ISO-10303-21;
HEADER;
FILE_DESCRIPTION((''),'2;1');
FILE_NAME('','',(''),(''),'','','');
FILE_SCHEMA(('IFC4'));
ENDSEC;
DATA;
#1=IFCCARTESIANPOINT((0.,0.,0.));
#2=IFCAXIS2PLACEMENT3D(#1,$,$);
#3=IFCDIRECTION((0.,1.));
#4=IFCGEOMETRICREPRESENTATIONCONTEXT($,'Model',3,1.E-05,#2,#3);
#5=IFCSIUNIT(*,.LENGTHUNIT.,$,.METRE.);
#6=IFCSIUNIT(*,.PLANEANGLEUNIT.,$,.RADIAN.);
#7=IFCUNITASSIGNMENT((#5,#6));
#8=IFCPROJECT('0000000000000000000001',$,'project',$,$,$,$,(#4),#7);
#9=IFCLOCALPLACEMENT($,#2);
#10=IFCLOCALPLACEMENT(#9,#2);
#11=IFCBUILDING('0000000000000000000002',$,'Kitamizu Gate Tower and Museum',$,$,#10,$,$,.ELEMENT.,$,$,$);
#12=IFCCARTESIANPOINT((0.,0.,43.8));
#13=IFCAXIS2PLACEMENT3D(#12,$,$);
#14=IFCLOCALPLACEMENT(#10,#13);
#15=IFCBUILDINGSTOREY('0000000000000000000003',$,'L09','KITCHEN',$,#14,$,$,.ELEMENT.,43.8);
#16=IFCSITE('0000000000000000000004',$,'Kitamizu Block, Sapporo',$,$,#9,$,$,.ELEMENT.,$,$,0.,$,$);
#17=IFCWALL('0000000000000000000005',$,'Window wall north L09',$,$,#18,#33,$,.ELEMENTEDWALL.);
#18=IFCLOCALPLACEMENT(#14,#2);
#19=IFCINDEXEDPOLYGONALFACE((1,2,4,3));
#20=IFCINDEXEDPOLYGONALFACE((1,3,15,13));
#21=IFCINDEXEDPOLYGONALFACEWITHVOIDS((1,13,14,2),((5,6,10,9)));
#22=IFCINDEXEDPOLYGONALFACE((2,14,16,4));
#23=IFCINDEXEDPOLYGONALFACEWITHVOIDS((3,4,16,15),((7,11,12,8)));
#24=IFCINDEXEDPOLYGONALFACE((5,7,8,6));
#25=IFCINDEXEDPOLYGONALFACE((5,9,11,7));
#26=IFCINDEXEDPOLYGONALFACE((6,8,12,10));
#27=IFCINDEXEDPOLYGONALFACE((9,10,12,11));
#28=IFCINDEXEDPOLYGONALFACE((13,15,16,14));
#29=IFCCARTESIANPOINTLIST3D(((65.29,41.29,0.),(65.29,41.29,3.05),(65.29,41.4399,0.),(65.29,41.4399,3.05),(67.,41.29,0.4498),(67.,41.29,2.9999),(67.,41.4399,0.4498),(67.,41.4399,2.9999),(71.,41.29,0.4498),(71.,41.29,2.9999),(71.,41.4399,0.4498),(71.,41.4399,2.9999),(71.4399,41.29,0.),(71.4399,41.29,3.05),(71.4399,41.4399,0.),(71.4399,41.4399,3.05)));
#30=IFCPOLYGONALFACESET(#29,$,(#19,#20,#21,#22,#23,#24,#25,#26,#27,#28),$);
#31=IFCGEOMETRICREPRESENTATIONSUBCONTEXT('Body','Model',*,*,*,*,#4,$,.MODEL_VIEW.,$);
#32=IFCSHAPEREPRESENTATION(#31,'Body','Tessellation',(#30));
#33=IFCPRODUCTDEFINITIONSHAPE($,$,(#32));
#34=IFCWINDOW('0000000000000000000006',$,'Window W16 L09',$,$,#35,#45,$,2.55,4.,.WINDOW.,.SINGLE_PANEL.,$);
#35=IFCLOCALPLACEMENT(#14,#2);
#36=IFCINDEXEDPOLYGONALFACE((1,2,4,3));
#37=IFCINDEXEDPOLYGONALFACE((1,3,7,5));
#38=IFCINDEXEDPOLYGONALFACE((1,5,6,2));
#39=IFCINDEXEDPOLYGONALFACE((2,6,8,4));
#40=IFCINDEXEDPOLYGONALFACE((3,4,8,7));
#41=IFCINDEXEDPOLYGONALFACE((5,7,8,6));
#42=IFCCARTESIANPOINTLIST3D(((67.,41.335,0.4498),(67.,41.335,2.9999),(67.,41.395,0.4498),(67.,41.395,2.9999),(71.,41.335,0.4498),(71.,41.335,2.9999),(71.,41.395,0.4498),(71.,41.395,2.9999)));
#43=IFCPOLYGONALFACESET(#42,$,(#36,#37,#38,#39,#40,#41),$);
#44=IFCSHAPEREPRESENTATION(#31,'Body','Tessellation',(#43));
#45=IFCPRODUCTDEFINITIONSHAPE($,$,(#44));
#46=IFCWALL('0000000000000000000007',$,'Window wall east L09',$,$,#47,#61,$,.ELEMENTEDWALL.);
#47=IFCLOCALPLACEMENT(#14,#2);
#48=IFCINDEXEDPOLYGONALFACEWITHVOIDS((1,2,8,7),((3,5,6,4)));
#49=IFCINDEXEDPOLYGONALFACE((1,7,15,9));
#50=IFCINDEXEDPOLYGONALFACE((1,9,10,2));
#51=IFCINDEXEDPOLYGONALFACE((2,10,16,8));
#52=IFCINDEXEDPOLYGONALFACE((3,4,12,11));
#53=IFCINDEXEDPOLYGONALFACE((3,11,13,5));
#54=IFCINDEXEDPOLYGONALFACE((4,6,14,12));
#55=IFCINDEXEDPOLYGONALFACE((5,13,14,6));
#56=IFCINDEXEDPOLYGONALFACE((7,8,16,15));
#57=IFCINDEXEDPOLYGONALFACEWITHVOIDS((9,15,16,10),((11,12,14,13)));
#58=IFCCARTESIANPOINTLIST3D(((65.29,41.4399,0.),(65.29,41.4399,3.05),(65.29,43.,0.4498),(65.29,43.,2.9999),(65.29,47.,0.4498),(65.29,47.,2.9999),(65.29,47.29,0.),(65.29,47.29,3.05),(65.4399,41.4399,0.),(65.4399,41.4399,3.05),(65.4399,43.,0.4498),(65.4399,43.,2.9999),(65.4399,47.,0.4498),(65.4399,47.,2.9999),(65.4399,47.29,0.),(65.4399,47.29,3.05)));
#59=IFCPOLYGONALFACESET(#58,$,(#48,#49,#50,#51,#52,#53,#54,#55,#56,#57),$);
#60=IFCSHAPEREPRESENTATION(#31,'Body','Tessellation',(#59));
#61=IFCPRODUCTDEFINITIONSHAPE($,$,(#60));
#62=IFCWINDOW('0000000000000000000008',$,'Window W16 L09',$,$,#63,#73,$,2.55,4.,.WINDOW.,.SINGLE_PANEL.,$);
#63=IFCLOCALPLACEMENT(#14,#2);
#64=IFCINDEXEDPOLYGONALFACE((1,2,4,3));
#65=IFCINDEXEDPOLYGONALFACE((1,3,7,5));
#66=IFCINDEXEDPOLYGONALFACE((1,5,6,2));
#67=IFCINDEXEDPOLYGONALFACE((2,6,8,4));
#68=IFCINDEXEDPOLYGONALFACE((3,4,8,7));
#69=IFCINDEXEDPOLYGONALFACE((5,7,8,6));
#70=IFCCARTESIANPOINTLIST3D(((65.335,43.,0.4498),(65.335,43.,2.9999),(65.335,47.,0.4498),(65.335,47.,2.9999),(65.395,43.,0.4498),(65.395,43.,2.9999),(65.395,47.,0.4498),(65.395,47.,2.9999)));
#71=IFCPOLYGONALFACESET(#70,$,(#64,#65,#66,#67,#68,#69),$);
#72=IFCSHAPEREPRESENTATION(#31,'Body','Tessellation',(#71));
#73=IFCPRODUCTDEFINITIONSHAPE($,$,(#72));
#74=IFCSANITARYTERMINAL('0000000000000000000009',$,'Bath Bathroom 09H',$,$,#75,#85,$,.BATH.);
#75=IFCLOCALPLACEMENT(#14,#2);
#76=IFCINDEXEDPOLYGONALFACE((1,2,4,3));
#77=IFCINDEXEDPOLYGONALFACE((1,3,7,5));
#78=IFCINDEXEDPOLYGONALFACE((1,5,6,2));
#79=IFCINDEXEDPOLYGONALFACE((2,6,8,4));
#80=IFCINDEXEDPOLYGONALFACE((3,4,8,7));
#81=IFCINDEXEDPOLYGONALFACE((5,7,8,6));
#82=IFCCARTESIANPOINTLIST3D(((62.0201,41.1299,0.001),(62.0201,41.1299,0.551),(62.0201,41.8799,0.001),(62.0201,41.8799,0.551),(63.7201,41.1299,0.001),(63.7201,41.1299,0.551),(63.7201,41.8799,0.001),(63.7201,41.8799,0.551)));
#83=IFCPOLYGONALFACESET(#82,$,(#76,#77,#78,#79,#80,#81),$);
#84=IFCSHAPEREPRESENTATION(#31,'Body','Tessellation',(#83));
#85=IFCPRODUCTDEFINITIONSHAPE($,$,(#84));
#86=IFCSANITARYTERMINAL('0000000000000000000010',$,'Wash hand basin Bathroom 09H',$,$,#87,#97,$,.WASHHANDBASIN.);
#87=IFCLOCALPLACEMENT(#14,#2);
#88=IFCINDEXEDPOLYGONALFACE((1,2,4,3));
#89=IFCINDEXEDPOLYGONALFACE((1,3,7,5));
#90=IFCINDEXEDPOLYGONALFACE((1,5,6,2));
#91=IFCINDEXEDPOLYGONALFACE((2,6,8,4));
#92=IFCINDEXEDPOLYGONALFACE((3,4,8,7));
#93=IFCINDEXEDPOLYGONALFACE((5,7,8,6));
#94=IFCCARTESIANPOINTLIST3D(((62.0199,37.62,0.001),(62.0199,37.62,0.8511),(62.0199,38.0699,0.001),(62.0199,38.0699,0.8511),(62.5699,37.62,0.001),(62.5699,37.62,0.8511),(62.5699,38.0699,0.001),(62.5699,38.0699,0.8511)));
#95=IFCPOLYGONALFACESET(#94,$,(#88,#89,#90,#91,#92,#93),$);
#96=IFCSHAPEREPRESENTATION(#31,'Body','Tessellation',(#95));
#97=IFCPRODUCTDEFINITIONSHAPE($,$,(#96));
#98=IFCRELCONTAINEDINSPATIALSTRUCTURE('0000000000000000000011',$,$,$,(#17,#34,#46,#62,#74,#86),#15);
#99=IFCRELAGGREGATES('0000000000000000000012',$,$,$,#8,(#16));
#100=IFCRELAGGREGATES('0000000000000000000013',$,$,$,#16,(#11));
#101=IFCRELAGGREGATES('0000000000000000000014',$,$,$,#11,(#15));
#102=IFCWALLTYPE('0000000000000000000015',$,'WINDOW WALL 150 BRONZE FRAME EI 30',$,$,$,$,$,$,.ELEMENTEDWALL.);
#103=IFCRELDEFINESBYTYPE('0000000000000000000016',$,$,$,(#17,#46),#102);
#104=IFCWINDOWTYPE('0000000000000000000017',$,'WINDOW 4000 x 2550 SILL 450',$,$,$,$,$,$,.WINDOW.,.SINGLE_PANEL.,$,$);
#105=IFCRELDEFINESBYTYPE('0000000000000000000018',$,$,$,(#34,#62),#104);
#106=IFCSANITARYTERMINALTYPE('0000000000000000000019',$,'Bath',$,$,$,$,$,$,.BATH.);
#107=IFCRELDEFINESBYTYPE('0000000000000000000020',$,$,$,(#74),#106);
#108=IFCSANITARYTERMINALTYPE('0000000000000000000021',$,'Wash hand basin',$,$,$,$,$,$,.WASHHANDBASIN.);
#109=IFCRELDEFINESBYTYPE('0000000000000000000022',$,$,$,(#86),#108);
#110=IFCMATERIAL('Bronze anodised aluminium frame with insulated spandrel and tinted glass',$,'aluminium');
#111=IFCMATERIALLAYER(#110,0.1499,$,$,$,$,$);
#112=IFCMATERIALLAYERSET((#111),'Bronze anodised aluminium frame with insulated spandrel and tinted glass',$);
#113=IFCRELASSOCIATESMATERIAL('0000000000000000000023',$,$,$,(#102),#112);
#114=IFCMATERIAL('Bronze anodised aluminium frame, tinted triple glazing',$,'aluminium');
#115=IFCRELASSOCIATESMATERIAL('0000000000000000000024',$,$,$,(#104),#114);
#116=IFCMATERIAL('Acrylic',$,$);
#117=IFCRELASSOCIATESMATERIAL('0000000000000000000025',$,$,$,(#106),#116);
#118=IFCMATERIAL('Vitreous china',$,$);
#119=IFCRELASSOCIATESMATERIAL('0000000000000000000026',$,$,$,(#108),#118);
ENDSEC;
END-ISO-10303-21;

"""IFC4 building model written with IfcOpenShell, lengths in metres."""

from ifc_helpers import new_model, si_unit, direction, frame, frame_2d, origin, origin_2d, place, context, subcontext, project, spatial, rectangle, extrude, material, layer, layer_set, type_object, element, fill, save


model = new_model("IFC4")

# Units and contexts
model_context = context("Model", 3, precision=1e-05, world=origin(), true_north=direction((0.0, 1.0)))
body_context = subcontext(model_context, "Body", "Model", "MODEL_VIEW")
ifc_project = project(units=[si_unit("LENGTHUNIT", "METRE"), si_unit("PLANEANGLEUNIT", "RADIAN")], contexts=[model_context])

# Site, building, storey
site_placement = place(None, origin())
site = spatial("IfcSite", under=ifc_project, at=site_placement, Name="Kitamizu Block, Sapporo", CompositionType="ELEMENT", RefElevation=0.0)
building_placement = place(site_placement, origin())
building = spatial("IfcBuilding", under=site, at=building_placement, Name="Kitamizu Gate Tower and Museum", CompositionType="ELEMENT")
storey_placement = place(building_placement, frame((0.0, 0.0, 43.8)))
storey = spatial("IfcBuildingStorey", under=building, at=storey_placement, Name="L09", Description="KITCHEN", CompositionType="ELEMENT", Elevation=43.8)

# Walls, openings, windows
ifc_material_1 = material(Name="Bronze anodised aluminium frame with insulated spandrel and tinted glass", Category="aluminium")
ifc_layer_1 = layer(ifc_material_1, 0.1499)
ifc_layer_set_1 = layer_set([ifc_layer_1], Name="Bronze anodised aluminium frame with insulated spandrel and tinted glass")
wall_type_1 = type_object("IfcWallType", Name="WINDOW WALL 150 BRONZE FRAME EI 30", PredefinedType="ELEMENTEDWALL", material=ifc_layer_set_1)
wall_1_placement = place(storey_placement, frame((65.29, 41.365, 0.0), z_axis=(0.0, 0.0, 1.0), x_axis=(1.0, 0.0, 0.0)))
wall_1 = element("IfcWall", 1, at=wall_1_placement, inside=storey, type_object=wall_type_1, Name="Window wall north L09", PredefinedType="ELEMENTEDWALL", context=body_context, shape_type="SweptSolid", body=[
    extrude(rectangle(XDim=6.1499, YDim=0.1499, at=frame_2d((3.075, 0.0))), origin(), (0.0, 0.0, 1.0), 3.05),
])
opening_1_placement = place(wall_1_placement, frame((1.71, 0.0, 0.45)))
opening_1 = element("IfcOpeningElement", 2, at=opening_1_placement, cuts=wall_1, PredefinedType="OPENING", context=body_context, shape_type="SweptSolid", body=[
    extrude(rectangle(XDim=4.0, YDim=2.55, at=frame_2d((2.0, 1.2749))), frame((0.0, 0.085, 0.0), z_axis=(0.0, -1.0, 0.0), x_axis=(1.0, 0.0, 0.0)), (0.0, 0.0, 1.0), 0.1699),
])
ifc_material_2 = material(Name="Bronze anodised aluminium frame, tinted triple glazing", Category="aluminium")
window_type = type_object("IfcWindowType", Name="WINDOW 4000 x 2550 SILL 450", PartitioningType="SINGLE_PANEL", PredefinedType="WINDOW", material=ifc_material_2)
window_1_placement = place(opening_1_placement, origin())
window_1 = element("IfcWindow", 3, at=window_1_placement, inside=storey, type_object=window_type, Name="Window W16 L09", OverallHeight=2.55, OverallWidth=4.0, PartitioningType="SINGLE_PANEL", PredefinedType="WINDOW", context=body_context, shape_type="SweptSolid", body=[
    extrude(rectangle(XDim=4.0, YDim=2.55, at=frame_2d((2.0, 1.2749))), frame((0.0, 0.03, 0.0), z_axis=(0.0, -1.0, 0.0), x_axis=(1.0, 0.0, 0.0)), (0.0, 0.0, 1.0), 0.0601),
])
fill(opening_1, window_1)
wall_2_placement = place(storey_placement, frame((65.365, 41.4399, 0.0), z_axis=(0.0, 0.0, 1.0), x_axis=(0.0, 1.0, 0.0)))
wall_2 = element("IfcWall", 4, at=wall_2_placement, inside=storey, type_object=wall_type_1, Name="Window wall east L09", PredefinedType="ELEMENTEDWALL", context=body_context, shape_type="SweptSolid", body=[
    extrude(rectangle(XDim=5.8501, YDim=0.1499, at=frame_2d((2.925, 0.0))), origin(), (0.0, 0.0, 1.0), 3.05),
])
opening_2_placement = place(wall_2_placement, frame((1.5601, 0.0, 0.45)))
opening_2 = element("IfcOpeningElement", 5, at=opening_2_placement, cuts=wall_2, PredefinedType="OPENING", context=body_context, shape_type="SweptSolid", body=[
    extrude(rectangle(XDim=4.0, YDim=2.55, at=frame_2d((2.0, 1.2749))), frame((0.0, 0.085, 0.0), z_axis=(0.0, -1.0, 0.0), x_axis=(1.0, 0.0, 0.0)), (0.0, 0.0, 1.0), 0.1699),
])
window_2_placement = place(opening_2_placement, origin())
window_2 = element("IfcWindow", 6, at=window_2_placement, inside=storey, type_object=window_type, Name="Window W16 L09", OverallHeight=2.55, OverallWidth=4.0, PartitioningType="SINGLE_PANEL", PredefinedType="WINDOW", context=body_context, shape_type="SweptSolid", body=[
    extrude(rectangle(XDim=4.0, YDim=2.55, at=frame_2d((2.0, 1.2749))), frame((0.0, 0.03, 0.0), z_axis=(0.0, -1.0, 0.0), x_axis=(1.0, 0.0, 0.0)), (0.0, 0.0, 1.0), 0.0601),
])
fill(opening_2, window_2)

# Sanitary terminals
ifc_material_3 = material(Name="Acrylic")
sanitary_terminal_type_1 = type_object("IfcSanitaryTerminalType", Name="Bath", PredefinedType="BATH", material=ifc_material_3)
sanitary_terminal_1_placement = place(storey_placement, frame((62.8701, 41.5049, 0.001), z_axis=(0.0, 0.0, 1.0), x_axis=(1.0, 0.0, 0.0)))
element("IfcSanitaryTerminal", 7, at=sanitary_terminal_1_placement, inside=storey, type_object=sanitary_terminal_type_1, Name="Bath Bathroom 09H", PredefinedType="BATH", context=body_context, shape_type="SweptSolid", body=[
    extrude(rectangle(XDim=1.7, YDim=0.75, at=origin_2d()), origin(), (0.0, 0.0, 1.0), 0.55),
])
ifc_material_4 = material(Name="Vitreous china")
sanitary_terminal_type_2 = type_object("IfcSanitaryTerminalType", Name="Wash hand basin", PredefinedType="WASHHANDBASIN", material=ifc_material_4)
sanitary_terminal_2_placement = place(storey_placement, frame((62.2949, 37.845, 0.001), z_axis=(0.0, 0.0, 1.0), x_axis=(1.0, 0.0, 0.0)))
element("IfcSanitaryTerminal", 8, at=sanitary_terminal_2_placement, inside=storey, type_object=sanitary_terminal_type_2, Name="Wash hand basin Bathroom 09H", PredefinedType="WASHHANDBASIN", context=body_context, shape_type="SweptSolid", body=[
    extrude(rectangle(XDim=0.55, YDim=0.45, at=origin_2d()), origin(), (0.0, 0.0, 1.0), 0.8501),
])

save(model, "model.ifc")
